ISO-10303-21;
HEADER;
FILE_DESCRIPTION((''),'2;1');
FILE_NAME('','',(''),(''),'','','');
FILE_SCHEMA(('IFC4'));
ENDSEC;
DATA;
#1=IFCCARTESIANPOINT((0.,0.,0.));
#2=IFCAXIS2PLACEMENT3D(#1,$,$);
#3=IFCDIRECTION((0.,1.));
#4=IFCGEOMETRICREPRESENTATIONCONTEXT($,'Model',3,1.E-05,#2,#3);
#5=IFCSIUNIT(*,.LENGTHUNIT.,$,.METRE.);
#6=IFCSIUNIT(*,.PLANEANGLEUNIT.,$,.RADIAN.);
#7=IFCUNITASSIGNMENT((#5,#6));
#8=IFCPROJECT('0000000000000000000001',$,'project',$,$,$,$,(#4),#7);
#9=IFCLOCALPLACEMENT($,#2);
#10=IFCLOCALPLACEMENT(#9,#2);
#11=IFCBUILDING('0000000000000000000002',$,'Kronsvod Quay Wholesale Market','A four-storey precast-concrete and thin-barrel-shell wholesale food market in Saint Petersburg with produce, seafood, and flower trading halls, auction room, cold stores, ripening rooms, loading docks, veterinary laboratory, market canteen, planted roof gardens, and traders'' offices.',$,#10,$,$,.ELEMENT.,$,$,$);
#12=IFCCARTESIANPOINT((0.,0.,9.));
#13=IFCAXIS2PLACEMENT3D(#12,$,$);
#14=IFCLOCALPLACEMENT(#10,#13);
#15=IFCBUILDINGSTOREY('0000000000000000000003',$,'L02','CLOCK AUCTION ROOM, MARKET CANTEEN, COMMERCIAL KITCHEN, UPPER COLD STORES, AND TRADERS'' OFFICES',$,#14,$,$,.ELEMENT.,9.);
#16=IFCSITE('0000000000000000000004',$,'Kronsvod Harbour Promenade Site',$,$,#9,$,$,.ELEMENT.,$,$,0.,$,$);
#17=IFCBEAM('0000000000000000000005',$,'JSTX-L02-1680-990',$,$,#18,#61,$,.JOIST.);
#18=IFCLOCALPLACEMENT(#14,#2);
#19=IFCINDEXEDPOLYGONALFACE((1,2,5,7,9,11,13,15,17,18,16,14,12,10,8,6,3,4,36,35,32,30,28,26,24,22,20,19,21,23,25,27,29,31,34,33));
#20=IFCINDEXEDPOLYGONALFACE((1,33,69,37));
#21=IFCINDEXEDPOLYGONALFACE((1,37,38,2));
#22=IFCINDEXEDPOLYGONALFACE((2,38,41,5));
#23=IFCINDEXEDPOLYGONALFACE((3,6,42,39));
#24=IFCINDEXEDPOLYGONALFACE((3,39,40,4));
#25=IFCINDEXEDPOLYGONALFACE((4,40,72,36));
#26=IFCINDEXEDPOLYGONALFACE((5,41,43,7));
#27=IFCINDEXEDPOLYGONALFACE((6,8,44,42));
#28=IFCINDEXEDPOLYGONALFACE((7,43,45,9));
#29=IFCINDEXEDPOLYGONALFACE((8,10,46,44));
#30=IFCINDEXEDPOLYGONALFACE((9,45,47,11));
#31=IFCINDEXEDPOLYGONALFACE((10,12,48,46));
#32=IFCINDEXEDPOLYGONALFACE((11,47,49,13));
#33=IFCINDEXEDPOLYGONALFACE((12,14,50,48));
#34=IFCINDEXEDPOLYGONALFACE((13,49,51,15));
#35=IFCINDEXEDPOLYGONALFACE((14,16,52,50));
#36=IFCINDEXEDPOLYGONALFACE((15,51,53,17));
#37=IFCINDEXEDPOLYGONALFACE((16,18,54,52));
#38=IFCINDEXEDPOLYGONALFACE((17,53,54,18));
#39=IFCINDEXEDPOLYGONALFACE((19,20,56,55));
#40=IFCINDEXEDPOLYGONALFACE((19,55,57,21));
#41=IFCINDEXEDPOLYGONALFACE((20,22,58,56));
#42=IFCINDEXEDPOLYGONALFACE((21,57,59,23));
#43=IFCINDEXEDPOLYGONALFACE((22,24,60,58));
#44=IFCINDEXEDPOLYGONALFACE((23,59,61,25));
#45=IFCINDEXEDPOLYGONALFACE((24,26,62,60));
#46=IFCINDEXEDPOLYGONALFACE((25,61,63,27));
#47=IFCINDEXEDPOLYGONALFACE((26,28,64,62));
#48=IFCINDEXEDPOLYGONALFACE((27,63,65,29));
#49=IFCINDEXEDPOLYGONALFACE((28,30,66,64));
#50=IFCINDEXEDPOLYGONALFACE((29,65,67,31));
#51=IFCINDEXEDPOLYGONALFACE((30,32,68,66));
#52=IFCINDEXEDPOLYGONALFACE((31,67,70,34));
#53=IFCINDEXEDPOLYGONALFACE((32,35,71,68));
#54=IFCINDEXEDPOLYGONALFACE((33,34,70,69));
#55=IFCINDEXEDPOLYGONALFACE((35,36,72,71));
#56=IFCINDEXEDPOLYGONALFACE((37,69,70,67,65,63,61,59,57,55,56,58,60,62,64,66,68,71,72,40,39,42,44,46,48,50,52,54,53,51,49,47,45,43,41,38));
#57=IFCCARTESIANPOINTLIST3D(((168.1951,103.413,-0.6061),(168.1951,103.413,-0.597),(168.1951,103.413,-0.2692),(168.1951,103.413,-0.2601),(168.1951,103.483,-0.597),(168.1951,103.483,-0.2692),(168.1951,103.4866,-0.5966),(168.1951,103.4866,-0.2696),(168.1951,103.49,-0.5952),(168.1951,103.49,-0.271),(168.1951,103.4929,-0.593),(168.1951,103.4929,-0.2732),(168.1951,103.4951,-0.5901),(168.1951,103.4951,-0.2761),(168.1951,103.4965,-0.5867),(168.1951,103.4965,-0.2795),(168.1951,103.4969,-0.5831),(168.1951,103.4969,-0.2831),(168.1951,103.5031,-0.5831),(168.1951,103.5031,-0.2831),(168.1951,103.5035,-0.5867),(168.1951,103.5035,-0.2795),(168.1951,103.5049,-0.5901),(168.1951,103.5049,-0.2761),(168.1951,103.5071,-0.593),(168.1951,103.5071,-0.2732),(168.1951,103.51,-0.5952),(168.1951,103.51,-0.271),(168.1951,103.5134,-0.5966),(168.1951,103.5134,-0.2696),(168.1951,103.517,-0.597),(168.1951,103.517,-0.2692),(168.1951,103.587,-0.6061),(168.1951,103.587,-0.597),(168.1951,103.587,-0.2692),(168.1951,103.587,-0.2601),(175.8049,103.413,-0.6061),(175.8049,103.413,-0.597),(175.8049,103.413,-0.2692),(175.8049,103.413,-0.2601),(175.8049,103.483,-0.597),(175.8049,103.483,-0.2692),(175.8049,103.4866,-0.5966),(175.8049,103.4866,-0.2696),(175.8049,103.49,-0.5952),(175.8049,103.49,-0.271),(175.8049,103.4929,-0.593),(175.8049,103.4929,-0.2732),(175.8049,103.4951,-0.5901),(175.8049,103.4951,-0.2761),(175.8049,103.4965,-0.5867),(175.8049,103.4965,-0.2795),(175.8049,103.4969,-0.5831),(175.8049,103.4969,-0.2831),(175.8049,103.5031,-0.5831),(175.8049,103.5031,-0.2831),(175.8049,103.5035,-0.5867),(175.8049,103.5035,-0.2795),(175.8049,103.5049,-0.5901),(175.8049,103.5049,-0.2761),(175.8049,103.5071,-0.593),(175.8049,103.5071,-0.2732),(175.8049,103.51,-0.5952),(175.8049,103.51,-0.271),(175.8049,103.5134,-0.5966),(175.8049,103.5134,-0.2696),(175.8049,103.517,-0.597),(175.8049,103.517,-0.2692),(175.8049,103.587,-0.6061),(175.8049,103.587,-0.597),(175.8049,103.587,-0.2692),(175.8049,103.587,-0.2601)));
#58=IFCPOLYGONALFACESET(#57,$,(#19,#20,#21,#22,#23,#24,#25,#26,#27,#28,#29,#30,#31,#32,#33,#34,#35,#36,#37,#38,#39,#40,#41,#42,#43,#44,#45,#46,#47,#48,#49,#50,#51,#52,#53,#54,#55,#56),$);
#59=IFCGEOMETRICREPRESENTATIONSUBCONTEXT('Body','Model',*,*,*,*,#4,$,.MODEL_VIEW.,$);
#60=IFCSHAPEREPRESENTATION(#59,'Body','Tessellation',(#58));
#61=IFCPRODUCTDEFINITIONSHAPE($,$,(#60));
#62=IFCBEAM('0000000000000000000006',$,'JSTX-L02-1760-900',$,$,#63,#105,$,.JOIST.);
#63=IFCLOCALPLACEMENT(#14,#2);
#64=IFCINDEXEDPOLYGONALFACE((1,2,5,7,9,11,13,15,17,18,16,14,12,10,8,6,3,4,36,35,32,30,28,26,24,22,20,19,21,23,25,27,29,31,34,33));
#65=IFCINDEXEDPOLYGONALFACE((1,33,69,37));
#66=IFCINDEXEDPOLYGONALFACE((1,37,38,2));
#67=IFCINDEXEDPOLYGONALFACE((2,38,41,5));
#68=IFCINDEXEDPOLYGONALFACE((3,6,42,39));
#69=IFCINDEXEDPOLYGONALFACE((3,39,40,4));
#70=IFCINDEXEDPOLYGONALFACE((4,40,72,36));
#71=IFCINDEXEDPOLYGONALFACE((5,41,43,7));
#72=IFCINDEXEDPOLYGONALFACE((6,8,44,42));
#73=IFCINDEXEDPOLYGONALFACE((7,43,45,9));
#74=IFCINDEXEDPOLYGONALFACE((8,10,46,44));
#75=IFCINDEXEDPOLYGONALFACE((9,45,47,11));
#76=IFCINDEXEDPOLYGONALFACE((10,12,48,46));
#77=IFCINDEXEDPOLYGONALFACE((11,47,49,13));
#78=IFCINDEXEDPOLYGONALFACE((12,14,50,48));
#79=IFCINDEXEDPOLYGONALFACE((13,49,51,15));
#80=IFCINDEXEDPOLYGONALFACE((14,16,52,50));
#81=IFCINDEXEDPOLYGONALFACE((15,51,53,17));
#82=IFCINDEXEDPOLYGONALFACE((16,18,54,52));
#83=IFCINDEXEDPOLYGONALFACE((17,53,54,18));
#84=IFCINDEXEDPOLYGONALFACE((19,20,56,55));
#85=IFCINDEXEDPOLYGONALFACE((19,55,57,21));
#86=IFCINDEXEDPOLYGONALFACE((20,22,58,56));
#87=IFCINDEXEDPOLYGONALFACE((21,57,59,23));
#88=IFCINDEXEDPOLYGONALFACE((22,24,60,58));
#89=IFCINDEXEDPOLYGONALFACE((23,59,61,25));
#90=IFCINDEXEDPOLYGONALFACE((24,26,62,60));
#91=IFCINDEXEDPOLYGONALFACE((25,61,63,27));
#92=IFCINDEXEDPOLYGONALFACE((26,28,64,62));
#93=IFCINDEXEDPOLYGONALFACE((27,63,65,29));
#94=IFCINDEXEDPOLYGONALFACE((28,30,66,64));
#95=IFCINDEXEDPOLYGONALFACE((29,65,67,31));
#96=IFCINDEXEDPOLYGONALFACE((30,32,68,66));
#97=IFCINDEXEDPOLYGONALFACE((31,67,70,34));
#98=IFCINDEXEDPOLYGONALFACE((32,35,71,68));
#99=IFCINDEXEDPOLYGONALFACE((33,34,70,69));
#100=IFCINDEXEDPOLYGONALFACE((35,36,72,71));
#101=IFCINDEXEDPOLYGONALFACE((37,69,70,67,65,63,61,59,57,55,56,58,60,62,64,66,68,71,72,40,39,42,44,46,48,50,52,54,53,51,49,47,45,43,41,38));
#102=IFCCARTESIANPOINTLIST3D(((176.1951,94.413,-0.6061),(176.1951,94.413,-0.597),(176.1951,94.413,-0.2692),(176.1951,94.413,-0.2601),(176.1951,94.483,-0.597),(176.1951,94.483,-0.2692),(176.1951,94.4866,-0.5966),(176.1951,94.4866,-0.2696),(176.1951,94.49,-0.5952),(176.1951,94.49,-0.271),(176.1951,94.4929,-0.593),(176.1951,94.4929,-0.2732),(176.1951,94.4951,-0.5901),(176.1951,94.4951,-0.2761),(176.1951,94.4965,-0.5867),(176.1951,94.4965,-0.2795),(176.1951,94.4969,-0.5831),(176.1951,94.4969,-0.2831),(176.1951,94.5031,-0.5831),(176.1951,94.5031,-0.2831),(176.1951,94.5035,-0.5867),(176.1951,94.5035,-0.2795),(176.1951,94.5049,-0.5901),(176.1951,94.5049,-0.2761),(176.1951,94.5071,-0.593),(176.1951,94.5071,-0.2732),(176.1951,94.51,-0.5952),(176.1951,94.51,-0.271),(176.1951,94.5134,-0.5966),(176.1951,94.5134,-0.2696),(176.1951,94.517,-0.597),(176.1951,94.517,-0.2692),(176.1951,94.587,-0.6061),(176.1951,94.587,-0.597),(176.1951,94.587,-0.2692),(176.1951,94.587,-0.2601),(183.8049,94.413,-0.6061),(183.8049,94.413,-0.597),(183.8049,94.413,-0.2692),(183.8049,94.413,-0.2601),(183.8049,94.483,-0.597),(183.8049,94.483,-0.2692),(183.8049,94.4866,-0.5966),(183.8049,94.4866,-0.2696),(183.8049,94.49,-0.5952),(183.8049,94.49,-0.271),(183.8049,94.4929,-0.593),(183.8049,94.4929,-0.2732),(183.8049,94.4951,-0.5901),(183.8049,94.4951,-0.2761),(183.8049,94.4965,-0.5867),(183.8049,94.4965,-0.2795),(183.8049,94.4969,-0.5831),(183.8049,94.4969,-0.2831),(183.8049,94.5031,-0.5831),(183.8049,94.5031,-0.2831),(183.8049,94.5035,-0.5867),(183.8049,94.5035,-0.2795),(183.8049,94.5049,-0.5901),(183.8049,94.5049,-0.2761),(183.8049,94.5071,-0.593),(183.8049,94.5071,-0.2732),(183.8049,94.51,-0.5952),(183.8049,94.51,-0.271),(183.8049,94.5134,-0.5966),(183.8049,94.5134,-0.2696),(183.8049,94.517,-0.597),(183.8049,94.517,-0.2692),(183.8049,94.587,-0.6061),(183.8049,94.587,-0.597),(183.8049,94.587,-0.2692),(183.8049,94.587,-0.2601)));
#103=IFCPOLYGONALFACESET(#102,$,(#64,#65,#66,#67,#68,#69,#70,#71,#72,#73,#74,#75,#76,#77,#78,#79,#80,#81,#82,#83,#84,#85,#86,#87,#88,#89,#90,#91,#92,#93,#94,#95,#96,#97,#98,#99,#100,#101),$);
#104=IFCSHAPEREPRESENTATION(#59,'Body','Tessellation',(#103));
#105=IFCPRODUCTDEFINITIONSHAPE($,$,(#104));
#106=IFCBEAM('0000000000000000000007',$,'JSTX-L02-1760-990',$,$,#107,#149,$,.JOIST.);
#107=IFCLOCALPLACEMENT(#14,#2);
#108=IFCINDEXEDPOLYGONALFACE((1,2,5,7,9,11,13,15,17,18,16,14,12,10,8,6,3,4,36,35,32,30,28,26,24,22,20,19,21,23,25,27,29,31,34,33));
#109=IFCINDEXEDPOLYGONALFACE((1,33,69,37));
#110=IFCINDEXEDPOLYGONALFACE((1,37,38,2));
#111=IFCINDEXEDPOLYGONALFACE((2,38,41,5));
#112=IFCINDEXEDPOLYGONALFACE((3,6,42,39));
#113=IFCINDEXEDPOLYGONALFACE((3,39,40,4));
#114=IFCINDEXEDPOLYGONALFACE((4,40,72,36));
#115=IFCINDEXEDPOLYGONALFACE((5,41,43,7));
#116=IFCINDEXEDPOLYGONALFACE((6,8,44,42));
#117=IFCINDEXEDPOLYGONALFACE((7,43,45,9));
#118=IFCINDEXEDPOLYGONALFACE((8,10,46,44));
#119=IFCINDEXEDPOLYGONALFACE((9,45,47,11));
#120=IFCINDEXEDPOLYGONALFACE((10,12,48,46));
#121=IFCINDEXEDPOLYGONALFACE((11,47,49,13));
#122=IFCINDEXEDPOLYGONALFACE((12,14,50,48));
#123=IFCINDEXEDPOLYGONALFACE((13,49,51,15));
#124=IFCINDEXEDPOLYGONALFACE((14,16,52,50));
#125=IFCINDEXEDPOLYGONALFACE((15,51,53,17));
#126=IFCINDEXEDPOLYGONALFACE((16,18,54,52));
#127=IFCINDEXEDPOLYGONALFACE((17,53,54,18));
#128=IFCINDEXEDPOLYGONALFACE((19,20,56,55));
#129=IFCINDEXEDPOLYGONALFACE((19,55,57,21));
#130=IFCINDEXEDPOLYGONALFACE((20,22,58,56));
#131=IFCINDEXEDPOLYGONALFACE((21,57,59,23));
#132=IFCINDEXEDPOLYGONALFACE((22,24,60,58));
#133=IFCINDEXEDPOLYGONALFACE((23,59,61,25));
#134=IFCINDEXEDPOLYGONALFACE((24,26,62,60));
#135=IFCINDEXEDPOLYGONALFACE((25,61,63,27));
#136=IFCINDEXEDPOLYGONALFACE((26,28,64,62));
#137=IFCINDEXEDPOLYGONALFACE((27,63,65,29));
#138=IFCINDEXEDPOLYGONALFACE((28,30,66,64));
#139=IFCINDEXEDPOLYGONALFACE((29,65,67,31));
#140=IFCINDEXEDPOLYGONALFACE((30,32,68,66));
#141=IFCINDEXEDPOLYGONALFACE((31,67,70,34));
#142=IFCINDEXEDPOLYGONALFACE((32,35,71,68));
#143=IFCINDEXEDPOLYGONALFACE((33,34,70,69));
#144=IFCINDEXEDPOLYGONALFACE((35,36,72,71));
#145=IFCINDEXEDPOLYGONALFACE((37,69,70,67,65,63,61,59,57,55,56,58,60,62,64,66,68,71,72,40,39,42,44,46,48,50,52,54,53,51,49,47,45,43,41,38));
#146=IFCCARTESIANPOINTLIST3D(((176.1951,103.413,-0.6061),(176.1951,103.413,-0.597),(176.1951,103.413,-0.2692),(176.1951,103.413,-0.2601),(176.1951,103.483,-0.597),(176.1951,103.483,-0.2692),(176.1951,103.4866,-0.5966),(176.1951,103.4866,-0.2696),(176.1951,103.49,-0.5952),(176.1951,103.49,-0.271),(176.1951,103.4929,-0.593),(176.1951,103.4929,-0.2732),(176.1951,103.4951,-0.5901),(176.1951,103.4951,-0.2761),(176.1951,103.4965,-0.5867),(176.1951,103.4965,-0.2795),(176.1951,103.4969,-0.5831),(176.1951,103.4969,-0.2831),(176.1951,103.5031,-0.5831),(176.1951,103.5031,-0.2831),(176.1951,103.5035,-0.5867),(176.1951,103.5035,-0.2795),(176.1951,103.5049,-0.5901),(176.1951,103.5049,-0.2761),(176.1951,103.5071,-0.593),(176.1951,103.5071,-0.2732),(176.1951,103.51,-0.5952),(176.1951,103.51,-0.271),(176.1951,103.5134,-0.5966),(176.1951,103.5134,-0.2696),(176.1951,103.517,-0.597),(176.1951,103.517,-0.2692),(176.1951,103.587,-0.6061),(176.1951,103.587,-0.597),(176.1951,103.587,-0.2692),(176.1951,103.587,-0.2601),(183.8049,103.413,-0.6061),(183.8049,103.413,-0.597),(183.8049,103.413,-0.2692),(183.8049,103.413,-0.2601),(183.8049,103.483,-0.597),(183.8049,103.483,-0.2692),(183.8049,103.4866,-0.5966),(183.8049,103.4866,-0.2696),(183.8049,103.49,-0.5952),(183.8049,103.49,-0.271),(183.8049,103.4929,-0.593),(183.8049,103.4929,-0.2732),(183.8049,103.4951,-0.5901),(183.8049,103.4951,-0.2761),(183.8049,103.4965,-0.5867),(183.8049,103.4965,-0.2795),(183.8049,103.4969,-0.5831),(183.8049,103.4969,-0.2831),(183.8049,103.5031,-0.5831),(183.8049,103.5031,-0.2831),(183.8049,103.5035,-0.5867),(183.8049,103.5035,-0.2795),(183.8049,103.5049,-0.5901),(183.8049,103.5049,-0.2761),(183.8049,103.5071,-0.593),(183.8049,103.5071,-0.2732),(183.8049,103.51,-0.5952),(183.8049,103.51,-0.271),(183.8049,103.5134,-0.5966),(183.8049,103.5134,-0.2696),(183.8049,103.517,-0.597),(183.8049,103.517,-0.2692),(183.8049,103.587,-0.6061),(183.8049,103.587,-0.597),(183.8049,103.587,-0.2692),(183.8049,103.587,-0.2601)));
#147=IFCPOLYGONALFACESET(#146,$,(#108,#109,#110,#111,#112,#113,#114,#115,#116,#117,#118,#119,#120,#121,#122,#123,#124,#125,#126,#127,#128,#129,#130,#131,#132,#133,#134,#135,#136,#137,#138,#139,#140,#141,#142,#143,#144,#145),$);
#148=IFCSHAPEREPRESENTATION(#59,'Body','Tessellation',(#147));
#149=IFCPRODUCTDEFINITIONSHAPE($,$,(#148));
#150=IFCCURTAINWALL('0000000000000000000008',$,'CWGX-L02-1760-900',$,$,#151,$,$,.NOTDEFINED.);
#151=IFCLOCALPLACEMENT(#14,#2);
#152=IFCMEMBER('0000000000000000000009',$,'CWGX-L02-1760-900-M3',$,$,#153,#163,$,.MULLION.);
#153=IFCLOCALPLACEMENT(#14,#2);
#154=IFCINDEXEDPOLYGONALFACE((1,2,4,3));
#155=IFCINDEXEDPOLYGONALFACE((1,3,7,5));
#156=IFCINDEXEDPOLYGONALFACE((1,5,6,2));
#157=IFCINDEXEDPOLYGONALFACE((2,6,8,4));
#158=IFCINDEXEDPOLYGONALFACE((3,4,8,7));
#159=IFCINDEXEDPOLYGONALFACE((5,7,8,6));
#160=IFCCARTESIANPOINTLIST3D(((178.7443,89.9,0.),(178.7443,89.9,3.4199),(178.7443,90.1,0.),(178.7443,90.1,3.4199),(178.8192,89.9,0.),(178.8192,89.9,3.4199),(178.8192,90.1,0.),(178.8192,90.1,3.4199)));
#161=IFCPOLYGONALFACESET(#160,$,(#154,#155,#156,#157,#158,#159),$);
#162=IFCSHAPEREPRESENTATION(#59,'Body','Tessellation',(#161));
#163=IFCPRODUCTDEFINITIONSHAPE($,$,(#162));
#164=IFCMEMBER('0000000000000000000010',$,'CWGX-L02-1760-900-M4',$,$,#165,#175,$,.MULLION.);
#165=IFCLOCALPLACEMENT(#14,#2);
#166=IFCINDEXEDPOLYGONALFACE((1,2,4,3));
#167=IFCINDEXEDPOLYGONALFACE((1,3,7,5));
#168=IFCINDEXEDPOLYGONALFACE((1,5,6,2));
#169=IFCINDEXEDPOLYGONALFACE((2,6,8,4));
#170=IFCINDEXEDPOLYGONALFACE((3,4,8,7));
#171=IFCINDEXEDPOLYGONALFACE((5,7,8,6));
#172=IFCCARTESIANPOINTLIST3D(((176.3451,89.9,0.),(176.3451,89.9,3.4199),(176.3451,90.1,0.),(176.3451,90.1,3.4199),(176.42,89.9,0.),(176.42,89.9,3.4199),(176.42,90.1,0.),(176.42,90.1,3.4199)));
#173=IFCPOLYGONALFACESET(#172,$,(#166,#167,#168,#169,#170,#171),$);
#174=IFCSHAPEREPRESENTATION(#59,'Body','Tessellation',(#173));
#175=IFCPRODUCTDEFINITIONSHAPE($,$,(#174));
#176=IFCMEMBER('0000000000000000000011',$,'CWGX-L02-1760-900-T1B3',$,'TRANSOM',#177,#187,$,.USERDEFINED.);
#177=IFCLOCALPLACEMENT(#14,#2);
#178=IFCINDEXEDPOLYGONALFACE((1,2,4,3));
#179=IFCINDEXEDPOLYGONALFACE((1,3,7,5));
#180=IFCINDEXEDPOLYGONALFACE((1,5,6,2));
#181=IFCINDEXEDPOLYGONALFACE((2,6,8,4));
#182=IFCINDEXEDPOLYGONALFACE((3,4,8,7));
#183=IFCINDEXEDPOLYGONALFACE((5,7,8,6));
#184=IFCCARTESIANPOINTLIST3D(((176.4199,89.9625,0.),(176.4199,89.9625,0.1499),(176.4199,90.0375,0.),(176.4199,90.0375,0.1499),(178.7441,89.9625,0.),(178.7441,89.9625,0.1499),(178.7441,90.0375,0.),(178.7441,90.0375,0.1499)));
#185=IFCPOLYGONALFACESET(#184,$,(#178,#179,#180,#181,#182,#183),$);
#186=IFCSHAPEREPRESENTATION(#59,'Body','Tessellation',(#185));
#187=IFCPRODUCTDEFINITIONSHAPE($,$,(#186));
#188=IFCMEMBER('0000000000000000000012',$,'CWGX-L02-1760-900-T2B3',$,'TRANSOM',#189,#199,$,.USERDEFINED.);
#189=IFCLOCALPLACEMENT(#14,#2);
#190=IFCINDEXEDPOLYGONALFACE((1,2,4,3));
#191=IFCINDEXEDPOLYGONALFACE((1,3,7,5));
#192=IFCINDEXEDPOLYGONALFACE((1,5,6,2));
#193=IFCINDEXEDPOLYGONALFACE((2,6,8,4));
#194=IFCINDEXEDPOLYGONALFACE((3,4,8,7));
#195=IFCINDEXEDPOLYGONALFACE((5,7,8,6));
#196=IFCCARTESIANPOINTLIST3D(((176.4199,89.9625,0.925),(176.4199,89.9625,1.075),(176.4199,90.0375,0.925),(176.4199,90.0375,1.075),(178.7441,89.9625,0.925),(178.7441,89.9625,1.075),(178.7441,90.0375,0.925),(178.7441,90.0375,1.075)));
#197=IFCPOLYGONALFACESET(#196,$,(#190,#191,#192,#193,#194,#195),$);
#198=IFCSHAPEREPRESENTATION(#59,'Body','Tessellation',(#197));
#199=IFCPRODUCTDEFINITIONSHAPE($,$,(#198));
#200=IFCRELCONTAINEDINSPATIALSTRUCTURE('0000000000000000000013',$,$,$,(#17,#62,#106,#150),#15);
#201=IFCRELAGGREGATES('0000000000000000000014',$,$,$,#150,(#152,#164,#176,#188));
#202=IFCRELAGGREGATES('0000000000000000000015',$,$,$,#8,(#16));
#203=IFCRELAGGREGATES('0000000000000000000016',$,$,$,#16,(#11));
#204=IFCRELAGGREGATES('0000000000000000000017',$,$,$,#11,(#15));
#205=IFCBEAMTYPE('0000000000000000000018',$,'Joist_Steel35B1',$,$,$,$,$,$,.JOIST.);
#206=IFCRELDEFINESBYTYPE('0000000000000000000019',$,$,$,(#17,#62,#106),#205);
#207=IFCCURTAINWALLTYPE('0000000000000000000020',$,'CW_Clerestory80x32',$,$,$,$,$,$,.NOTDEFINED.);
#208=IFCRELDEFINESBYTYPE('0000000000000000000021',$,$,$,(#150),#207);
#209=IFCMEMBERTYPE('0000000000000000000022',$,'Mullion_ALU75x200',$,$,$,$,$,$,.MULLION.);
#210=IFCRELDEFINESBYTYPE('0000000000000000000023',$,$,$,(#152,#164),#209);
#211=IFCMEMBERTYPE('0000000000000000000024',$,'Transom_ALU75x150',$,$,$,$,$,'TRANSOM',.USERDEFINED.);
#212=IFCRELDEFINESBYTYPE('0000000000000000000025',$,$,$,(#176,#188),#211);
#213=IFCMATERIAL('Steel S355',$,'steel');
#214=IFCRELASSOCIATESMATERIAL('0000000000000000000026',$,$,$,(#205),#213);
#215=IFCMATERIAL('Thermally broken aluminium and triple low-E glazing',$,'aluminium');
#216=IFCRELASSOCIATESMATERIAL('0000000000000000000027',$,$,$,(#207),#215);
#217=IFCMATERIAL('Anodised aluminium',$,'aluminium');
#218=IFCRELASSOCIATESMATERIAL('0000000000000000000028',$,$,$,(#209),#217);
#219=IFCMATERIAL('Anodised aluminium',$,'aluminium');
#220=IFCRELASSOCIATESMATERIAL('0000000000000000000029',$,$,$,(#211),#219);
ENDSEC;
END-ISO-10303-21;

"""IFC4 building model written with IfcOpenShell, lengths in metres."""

from ifc_helpers import new_model, si_unit, direction, frame, origin, origin_2d, place, context, subcontext, project, spatial, rectangle, i_section, extrude, material, material_profile, profile_set, type_object, element, aggregate, save


model = new_model("IFC4")

# Units and contexts
model_context = context("Model", 3, precision=1e-05, world=origin(), true_north=direction((0.0, 1.0)))
body_context = subcontext(model_context, "Body", "Model", "MODEL_VIEW")
ifc_project = project(units=[si_unit("LENGTHUNIT", "METRE"), si_unit("PLANEANGLEUNIT", "RADIAN")], contexts=[model_context])

# Site, building, storey
site_placement = place(None, origin())
site = spatial("IfcSite", under=ifc_project, at=site_placement, Name="Kronsvod Harbour Promenade Site", CompositionType="ELEMENT", RefElevation=0.0)
building_placement = place(site_placement, origin())
building = spatial("IfcBuilding", under=site, at=building_placement, Name="Kronsvod Quay Wholesale Market", Description="A four-storey precast-concrete and thin-barrel-shell wholesale food market in Saint Petersburg with produce, seafood, and flower trading halls, auction room, cold stores, ripening rooms, loading docks, veterinary laboratory, market canteen, planted roof gardens, and traders' offices.", CompositionType="ELEMENT")
storey_placement = place(building_placement, frame((0.0, 0.0, 9.0)))
storey = spatial("IfcBuildingStorey", under=building, at=storey_placement, Name="L02", Description="CLOCK AUCTION ROOM, MARKET CANTEEN, COMMERCIAL KITCHEN, UPPER COLD STORES, AND TRADERS' OFFICES", CompositionType="ELEMENT", Elevation=9.0)

# Beams
ifc_material_1 = material(Name="Steel S355", Category="steel")
ifc_material_profile_1 = material_profile(ifc_material_1, i_section(OverallWidth=0.1741, OverallDepth=0.3459, WebThickness=0.0061, FlangeThickness=0.009, FilletRadius=0.0139, at=origin_2d()), Name="35B1")
ifc_profile_set_1 = profile_set([ifc_material_profile_1], Name="Steel S355")
beam_type_1 = type_object("IfcBeamType", Name="Joist_Steel35B1", PredefinedType="JOIST", material=ifc_profile_set_1)
for number, where, z_axis, x_axis, name in (
    (1, (168.1951, 103.5, -0.4331), (1.0, 0.0, 0.0), (0.0, 1.0, 0.0), "JSTX-L02-1680-990"),
    (2, (176.1951, 94.5, -0.4331), (1.0, 0.0, 0.0), (0.0, 1.0, 0.0), "JSTX-L02-1760-900"),
    (3, (176.1951, 103.5, -0.4331), (1.0, 0.0, 0.0), (0.0, 1.0, 0.0), "JSTX-L02-1760-990"),
):
    element("IfcBeam", number, at=place(storey_placement, frame(where, z_axis=z_axis, x_axis=x_axis)), inside=storey, type_object=beam_type_1, Name=name, PredefinedType="JOIST", context=body_context, shape_type="SweptSolid", body=[
        extrude(i_section(OverallWidth=0.1741, OverallDepth=0.3459, WebThickness=0.0061, FlangeThickness=0.009, FilletRadius=0.0139, at=origin_2d()), origin(), (0.0, 0.0, 1.0), 7.6099),
    ])

# Curtain wall, members
ifc_material_2 = material(Name="Thermally broken aluminium and triple low-E glazing", Category="aluminium")
curtain_wall_type = type_object("IfcCurtainWallType", Name="CW_Clerestory80x32", PredefinedType="NOTDEFINED", material=ifc_material_2)
curtain_wall_placement = place(storey_placement, origin())
curtain_wall = element("IfcCurtainWall", 4, at=curtain_wall_placement, inside=storey, type_object=curtain_wall_type, Name="CWGX-L02-1760-900", PredefinedType="NOTDEFINED")
ifc_material_3 = material(Name="Anodised aluminium", Category="aluminium")
ifc_material_profile_2 = material_profile(ifc_material_3, rectangle(XDim=0.075, YDim=0.2, at=origin_2d()), Name="ALUM75x200")
ifc_profile_set_2 = profile_set([ifc_material_profile_2], Name="Anodised aluminium")
member_type_1 = type_object("IfcMemberType", Name="Mullion_ALU75x200", PredefinedType="MULLION", material=ifc_profile_set_2)
member_1_placement = place(storey_placement, frame((178.7817, 90.0, 0.0), z_axis=(0.0, 0.0, 1.0), x_axis=(1.0, 0.0, 0.0)))
member_1 = element("IfcMember", 5, at=member_1_placement, type_object=member_type_1, Name="CWGX-L02-1760-900-M3", PredefinedType="MULLION", context=body_context, shape_type="SweptSolid", body=[
    extrude(rectangle(XDim=0.075, YDim=0.2, at=origin_2d()), origin(), (0.0, 0.0, 1.0), 3.4199),
])
member_2_placement = place(storey_placement, frame((176.3826, 90.0, 0.0), z_axis=(0.0, 0.0, 1.0), x_axis=(1.0, 0.0, 0.0)))
member_2 = element("IfcMember", 6, at=member_2_placement, type_object=member_type_1, Name="CWGX-L02-1760-900-M4", PredefinedType="MULLION", context=body_context, shape_type="SweptSolid", body=[
    extrude(rectangle(XDim=0.075, YDim=0.2, at=origin_2d()), origin(), (0.0, 0.0, 1.0), 3.4199),
])
ifc_material_4 = material(Name="Anodised aluminium", Category="aluminium")
ifc_material_profile_3 = material_profile(ifc_material_4, rectangle(XDim=0.075, YDim=0.1499, at=origin_2d()), Name="ALUT75x150")
ifc_profile_set_3 = profile_set([ifc_material_profile_3], Name="Anodised aluminium")
member_type_2 = type_object("IfcMemberType", Name="Transom_ALU75x150", ElementType="TRANSOM", PredefinedType="USERDEFINED", material=ifc_profile_set_3)
member_3_placement = place(storey_placement, frame((178.7441, 90.0, 0.075), z_axis=(-1.0, 0.0, 0.0), x_axis=(0.0, -1.0, 0.0)))
member_3 = element("IfcMember", 7, at=member_3_placement, type_object=member_type_2, Name="CWGX-L02-1760-900-T1B3", ObjectType="TRANSOM", PredefinedType="USERDEFINED", context=body_context, shape_type="SweptSolid", body=[
    extrude(rectangle(XDim=0.075, YDim=0.1499, at=origin_2d()), origin(), (0.0, 0.0, 1.0), 2.3242),
])
member_4_placement = place(storey_placement, frame((178.7441, 90.0, 1.0), z_axis=(-1.0, 0.0, 0.0), x_axis=(0.0, -1.0, 0.0)))
member_4 = element("IfcMember", 8, at=member_4_placement, type_object=member_type_2, Name="CWGX-L02-1760-900-T2B3", ObjectType="TRANSOM", PredefinedType="USERDEFINED", context=body_context, shape_type="SweptSolid", body=[
    extrude(rectangle(XDim=0.075, YDim=0.1499, at=origin_2d()), origin(), (0.0, 0.0, 1.0), 2.3242),
])
aggregate(curtain_wall, [member_1, member_2, member_3, member_4])

save(model, "model.ifc")
